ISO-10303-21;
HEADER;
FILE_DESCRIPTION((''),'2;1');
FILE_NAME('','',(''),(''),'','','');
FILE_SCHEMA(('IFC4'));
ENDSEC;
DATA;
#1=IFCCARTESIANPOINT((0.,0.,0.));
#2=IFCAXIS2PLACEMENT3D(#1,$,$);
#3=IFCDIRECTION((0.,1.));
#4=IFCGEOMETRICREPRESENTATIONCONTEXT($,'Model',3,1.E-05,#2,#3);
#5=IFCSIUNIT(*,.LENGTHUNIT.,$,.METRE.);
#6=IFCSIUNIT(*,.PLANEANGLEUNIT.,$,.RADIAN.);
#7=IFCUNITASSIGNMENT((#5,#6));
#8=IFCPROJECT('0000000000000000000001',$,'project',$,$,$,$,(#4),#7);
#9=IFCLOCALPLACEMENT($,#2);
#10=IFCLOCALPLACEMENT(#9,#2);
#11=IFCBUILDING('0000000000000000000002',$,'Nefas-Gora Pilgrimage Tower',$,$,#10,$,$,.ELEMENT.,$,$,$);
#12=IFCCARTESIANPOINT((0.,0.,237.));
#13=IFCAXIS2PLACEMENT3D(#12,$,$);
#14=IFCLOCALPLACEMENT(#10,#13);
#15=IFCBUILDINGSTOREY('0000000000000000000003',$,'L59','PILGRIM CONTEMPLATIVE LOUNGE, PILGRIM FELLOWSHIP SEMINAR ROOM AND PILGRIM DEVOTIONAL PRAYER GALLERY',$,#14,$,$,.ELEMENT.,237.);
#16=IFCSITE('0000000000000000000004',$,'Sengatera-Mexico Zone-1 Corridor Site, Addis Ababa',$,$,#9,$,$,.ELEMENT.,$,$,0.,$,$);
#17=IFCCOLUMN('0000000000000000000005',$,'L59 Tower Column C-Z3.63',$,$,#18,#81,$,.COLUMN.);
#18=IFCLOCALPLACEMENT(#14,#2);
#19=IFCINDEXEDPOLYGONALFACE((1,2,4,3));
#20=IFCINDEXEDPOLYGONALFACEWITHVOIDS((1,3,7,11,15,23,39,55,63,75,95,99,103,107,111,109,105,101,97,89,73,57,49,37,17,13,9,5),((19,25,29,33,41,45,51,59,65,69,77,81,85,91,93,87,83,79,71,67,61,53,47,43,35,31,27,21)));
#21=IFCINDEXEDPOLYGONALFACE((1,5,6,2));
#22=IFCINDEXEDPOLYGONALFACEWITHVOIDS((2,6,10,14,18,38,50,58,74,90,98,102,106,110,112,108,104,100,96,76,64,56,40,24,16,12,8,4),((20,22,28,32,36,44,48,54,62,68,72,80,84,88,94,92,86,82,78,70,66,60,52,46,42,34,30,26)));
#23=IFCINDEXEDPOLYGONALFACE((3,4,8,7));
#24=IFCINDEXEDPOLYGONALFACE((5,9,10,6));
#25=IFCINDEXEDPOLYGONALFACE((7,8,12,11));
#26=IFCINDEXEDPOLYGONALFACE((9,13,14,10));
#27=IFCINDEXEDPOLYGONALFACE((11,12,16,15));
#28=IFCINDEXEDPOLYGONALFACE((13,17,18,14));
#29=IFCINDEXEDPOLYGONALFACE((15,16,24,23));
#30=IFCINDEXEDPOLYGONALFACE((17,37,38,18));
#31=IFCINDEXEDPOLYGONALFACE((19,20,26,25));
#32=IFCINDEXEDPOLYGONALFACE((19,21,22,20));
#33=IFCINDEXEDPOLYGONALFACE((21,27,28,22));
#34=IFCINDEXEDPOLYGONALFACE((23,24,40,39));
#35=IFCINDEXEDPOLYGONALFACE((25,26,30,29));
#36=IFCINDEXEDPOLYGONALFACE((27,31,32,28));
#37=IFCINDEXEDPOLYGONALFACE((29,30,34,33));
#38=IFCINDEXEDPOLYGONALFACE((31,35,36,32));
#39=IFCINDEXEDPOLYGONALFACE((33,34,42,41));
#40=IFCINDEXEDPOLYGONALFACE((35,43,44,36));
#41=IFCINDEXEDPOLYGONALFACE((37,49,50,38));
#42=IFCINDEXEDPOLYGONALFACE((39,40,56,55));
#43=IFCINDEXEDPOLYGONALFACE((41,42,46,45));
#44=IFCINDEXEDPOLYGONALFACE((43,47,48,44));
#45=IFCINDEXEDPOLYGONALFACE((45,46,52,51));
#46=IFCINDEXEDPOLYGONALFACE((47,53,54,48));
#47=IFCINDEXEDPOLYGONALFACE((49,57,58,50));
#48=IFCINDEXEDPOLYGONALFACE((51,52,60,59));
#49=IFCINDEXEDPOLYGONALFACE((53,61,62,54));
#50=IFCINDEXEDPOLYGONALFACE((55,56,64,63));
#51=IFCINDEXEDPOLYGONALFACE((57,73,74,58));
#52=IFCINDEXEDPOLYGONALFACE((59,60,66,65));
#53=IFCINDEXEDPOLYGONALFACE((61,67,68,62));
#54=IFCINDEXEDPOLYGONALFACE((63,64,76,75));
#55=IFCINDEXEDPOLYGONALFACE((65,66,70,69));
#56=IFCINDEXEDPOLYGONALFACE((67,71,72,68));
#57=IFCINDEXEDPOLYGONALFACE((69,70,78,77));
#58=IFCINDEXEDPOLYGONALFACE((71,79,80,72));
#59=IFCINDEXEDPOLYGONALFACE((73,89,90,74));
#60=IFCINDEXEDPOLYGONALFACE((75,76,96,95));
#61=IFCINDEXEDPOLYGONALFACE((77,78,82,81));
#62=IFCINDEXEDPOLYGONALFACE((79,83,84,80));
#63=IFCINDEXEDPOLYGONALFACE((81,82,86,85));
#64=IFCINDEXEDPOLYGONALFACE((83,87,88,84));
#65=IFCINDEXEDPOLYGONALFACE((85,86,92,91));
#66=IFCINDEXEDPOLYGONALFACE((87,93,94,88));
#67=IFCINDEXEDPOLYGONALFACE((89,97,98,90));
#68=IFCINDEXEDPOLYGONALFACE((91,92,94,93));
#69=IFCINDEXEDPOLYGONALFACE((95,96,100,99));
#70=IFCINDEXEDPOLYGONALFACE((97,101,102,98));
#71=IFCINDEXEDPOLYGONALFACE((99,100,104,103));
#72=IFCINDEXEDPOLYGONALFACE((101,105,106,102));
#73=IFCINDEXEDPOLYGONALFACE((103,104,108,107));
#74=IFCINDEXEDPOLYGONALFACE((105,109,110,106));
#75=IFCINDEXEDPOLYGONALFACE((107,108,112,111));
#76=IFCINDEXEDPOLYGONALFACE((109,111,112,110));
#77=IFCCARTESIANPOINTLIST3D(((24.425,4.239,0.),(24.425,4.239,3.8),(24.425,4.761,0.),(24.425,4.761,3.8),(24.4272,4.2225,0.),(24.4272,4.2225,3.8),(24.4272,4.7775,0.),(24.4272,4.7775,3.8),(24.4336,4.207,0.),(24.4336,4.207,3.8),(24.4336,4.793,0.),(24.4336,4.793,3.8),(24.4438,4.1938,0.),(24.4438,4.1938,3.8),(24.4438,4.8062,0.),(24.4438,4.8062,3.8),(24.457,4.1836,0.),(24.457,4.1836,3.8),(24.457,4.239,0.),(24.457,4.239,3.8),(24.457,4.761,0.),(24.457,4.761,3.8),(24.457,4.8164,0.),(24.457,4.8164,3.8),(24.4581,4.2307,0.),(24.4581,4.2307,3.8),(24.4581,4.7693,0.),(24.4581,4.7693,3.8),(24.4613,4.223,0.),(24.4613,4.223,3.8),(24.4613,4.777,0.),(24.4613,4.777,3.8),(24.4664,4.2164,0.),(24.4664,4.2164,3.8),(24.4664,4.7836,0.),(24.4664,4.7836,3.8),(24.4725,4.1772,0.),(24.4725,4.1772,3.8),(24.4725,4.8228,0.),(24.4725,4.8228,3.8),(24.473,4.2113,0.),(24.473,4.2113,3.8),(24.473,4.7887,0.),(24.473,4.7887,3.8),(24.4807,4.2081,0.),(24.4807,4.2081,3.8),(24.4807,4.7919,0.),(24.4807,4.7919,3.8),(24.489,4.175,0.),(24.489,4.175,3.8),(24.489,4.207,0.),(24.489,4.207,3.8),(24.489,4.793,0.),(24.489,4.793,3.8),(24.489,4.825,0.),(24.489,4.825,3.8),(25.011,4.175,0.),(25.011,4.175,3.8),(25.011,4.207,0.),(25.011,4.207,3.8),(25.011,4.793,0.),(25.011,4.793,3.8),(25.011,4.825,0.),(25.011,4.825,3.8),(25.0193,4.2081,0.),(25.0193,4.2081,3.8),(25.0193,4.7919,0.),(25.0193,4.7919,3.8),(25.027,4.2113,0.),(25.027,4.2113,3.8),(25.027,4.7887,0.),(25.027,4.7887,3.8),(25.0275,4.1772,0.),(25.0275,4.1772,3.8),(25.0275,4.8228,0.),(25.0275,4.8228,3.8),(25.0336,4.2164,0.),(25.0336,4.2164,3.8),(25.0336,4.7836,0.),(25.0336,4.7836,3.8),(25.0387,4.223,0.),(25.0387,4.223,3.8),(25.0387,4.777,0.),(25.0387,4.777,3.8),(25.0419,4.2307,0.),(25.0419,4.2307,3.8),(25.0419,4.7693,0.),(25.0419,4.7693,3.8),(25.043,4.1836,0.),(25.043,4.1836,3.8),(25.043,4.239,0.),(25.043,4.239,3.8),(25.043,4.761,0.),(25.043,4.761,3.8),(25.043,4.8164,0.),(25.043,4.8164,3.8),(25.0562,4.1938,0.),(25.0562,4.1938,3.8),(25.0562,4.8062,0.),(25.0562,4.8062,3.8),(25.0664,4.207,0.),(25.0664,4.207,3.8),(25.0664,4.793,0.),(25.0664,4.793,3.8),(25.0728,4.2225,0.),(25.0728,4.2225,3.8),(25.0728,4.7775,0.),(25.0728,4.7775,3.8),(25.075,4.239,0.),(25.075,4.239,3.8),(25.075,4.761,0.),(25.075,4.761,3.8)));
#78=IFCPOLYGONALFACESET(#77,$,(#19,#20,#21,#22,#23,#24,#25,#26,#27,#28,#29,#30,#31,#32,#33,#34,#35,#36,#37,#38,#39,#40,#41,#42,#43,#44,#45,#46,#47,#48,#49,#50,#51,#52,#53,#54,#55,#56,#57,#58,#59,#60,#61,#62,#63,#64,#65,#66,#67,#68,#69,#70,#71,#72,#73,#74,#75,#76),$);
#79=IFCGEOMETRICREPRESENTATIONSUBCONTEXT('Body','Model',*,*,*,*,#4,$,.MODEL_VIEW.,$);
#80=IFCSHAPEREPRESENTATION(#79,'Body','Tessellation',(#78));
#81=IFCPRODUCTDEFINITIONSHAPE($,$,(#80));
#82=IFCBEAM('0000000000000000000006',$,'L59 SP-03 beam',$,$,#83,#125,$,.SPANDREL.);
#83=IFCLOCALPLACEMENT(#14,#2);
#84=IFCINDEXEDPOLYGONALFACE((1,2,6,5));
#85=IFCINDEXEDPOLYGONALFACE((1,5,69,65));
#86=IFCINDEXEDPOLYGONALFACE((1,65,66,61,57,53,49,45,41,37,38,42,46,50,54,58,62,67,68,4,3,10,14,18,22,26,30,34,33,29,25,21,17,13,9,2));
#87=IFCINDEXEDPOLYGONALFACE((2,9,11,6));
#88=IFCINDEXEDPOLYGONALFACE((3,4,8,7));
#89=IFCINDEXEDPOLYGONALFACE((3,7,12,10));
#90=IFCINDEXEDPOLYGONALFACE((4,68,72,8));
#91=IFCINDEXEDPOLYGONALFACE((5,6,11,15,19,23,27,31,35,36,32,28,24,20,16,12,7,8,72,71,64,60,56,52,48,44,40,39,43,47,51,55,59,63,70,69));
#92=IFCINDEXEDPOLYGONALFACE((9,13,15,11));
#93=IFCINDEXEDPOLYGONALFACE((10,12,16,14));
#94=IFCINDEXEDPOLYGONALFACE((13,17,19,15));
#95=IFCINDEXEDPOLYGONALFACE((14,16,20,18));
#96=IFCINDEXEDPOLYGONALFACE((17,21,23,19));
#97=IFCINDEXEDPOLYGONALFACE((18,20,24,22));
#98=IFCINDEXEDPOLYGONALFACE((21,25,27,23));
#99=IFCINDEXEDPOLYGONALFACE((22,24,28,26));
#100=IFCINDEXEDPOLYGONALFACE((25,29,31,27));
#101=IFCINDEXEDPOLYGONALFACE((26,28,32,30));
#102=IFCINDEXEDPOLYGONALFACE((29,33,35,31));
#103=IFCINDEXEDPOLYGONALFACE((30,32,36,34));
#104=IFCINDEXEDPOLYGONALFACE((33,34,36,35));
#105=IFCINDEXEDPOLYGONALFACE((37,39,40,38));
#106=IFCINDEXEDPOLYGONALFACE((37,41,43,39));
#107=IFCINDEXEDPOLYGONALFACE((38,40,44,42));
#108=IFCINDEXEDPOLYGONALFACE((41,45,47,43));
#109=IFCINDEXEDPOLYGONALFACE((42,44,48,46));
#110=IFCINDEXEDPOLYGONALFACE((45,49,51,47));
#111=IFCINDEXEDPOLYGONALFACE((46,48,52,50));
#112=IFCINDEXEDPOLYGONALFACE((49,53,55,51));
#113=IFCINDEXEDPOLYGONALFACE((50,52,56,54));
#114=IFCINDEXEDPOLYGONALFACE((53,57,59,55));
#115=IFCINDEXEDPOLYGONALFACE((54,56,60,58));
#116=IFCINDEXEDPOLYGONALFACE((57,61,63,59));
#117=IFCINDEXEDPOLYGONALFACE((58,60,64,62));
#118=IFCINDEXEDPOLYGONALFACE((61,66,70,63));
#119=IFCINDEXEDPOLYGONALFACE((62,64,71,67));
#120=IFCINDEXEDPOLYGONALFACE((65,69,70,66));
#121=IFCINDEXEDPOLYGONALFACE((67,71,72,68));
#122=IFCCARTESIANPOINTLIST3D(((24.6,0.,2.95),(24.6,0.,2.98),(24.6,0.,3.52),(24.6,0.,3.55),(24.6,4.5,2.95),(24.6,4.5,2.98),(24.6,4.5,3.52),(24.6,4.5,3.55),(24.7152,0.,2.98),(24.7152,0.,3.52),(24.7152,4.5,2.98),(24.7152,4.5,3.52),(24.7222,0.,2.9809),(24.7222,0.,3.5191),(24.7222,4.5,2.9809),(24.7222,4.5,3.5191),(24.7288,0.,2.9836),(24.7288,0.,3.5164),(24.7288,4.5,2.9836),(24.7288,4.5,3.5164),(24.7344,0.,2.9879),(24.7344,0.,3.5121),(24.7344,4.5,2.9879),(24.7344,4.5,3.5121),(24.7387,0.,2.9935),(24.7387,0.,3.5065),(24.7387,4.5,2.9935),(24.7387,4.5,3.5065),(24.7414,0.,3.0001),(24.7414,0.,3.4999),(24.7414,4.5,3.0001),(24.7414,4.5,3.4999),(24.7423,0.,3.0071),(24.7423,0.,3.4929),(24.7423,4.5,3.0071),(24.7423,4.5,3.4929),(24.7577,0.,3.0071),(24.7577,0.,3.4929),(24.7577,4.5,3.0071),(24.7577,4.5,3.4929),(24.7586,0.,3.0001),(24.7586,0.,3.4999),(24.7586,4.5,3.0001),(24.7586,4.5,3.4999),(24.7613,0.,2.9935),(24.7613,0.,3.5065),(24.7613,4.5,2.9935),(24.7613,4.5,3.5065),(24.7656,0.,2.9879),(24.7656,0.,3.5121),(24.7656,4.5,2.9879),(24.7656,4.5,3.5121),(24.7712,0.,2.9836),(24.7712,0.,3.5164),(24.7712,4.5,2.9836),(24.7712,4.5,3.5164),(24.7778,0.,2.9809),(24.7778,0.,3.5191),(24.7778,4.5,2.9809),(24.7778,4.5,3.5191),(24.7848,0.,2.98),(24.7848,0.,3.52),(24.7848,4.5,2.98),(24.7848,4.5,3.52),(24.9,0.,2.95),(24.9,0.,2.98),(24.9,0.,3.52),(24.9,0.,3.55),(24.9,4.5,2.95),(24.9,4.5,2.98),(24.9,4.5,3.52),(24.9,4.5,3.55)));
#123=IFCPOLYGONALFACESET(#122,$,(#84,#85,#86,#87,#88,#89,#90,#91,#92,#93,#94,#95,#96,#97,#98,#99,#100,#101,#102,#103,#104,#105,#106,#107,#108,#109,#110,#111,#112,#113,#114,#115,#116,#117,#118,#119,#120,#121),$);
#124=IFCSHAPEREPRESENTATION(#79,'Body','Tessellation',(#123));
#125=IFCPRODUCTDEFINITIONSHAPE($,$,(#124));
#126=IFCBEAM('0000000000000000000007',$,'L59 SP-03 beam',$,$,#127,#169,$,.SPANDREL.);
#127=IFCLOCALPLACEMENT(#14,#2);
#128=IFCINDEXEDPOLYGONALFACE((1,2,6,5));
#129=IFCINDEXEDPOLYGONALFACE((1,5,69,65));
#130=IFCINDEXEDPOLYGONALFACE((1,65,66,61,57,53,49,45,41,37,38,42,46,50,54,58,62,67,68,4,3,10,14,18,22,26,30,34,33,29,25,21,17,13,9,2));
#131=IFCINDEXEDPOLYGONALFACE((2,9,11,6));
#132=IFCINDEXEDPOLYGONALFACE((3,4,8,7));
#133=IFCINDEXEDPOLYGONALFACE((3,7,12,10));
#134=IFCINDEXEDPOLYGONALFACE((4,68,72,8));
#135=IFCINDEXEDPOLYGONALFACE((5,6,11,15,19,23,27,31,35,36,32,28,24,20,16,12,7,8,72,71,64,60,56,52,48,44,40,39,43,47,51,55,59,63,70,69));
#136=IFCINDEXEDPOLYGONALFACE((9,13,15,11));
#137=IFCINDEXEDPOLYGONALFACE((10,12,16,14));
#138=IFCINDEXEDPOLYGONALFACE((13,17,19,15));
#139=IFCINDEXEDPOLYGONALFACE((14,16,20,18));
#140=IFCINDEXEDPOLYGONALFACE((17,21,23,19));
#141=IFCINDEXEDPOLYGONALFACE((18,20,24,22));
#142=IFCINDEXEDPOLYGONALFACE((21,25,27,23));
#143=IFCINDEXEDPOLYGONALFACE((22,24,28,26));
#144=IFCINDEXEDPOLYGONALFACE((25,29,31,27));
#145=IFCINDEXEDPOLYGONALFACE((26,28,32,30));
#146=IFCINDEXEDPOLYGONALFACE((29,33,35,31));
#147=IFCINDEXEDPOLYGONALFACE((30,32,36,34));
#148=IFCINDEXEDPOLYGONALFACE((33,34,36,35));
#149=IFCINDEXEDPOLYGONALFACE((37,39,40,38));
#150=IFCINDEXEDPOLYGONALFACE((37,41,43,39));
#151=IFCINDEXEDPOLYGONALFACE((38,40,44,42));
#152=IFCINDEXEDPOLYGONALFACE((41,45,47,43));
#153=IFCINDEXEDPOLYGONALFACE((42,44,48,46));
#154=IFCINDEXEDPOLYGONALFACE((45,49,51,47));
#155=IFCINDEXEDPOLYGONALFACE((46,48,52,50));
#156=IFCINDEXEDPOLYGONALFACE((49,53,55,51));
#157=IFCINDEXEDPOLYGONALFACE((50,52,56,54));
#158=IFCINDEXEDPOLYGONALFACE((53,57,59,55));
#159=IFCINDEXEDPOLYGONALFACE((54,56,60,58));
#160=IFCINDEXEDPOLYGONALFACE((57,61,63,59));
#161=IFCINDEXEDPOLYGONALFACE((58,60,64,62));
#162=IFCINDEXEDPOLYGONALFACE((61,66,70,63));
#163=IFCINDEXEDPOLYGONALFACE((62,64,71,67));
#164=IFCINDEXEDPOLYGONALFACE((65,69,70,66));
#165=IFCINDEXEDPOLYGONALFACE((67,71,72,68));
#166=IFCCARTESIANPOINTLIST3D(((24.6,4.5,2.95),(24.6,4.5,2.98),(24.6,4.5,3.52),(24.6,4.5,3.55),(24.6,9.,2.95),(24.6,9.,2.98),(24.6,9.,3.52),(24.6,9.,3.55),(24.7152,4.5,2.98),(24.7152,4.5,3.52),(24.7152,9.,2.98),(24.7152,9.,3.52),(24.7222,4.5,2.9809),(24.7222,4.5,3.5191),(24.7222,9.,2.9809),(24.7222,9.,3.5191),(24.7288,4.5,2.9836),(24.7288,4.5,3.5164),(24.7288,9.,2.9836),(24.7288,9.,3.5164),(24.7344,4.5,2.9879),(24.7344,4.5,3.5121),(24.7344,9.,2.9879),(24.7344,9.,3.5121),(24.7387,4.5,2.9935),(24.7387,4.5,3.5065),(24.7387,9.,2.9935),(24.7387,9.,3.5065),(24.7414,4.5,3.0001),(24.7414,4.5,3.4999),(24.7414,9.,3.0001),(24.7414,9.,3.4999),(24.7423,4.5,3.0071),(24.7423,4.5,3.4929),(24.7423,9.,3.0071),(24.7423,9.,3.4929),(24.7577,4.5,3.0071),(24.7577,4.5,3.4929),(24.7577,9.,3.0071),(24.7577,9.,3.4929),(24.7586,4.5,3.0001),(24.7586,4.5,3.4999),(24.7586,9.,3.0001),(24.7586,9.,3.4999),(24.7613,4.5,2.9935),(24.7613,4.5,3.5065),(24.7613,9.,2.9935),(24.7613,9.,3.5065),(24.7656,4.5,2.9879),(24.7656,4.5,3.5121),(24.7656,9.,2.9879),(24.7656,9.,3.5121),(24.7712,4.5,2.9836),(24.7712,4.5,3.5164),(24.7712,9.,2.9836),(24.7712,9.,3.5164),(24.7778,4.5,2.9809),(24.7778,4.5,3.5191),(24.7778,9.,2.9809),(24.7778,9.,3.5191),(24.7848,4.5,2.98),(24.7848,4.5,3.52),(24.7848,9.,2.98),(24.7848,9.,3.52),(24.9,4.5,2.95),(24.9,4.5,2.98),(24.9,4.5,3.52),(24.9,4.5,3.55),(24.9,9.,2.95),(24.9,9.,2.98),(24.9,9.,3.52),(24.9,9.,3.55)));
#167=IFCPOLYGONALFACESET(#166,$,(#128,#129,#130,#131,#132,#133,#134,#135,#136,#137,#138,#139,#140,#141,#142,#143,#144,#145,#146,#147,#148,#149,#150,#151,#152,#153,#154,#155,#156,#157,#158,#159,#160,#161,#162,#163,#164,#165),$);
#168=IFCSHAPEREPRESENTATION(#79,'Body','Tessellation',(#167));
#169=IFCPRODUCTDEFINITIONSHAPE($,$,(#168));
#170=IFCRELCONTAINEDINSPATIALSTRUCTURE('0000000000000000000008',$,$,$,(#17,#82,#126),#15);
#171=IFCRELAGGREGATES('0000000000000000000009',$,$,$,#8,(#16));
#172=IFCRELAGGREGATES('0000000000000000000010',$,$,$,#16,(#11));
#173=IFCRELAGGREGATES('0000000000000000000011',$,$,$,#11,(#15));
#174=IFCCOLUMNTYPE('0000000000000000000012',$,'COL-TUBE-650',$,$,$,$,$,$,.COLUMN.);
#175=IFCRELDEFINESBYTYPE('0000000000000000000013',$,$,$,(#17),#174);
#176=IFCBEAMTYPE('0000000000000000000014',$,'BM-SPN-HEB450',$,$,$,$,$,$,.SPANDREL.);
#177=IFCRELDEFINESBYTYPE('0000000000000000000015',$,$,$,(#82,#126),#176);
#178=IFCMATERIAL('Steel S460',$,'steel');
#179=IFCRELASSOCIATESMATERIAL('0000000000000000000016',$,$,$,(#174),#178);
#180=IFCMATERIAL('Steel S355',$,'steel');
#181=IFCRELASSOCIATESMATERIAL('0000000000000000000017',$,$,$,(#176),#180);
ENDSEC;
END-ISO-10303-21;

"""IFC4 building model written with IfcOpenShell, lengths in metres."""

from ifc_helpers import new_model, si_unit, direction, frame, origin, origin_2d, place, context, subcontext, project, spatial, hollow_rectangle, i_section, extrude, source, transform, mapped, material, material_profile, profile_set, type_object, element, save


model = new_model("IFC4")

# Units and contexts
model_context = context("Model", 3, precision=1e-05, world=origin(), true_north=direction((0.0, 1.0)))
body_context = subcontext(model_context, "Body", "Model", "MODEL_VIEW")
ifc_project = project(units=[si_unit("LENGTHUNIT", "METRE"), si_unit("PLANEANGLEUNIT", "RADIAN")], contexts=[model_context])

# Site, building, storey
site_placement = place(None, origin())
site = spatial("IfcSite", under=ifc_project, at=site_placement, Name="Sengatera-Mexico Zone-1 Corridor Site, Addis Ababa", CompositionType="ELEMENT", RefElevation=0.0)
building_placement = place(site_placement, origin())
building = spatial("IfcBuilding", under=site, at=building_placement, Name="Nefas-Gora Pilgrimage Tower", CompositionType="ELEMENT")
storey_placement = place(building_placement, frame((0.0, 0.0, 237.0)))
storey = spatial("IfcBuildingStorey", under=building, at=storey_placement, Name="L59", Description="PILGRIM CONTEMPLATIVE LOUNGE, PILGRIM FELLOWSHIP SEMINAR ROOM AND PILGRIM DEVOTIONAL PRAYER GALLERY", CompositionType="ELEMENT", Elevation=237.0)

# Column
ifc_material_1 = material(Name="Steel S460", Category="steel")
ifc_material_profile_1 = material_profile(ifc_material_1, hollow_rectangle(XDim=0.6499, YDim=0.6499, WallThickness=0.032, InnerFilletRadius=0.032, OuterFilletRadius=0.064, at=origin_2d()), Name="BOX 650x650x32")
ifc_profile_set_1 = profile_set([ifc_material_profile_1], Name="Steel S460")
column_type_1 = type_object("IfcColumnType", Name="COL-TUBE-650", PredefinedType="COLUMN", material=ifc_profile_set_1)
shared_shape_1 = source(origin(), body_context, "Body", "SweptSolid", [
    extrude(hollow_rectangle(XDim=0.6499, YDim=0.6499, WallThickness=0.032, InnerFilletRadius=0.032, OuterFilletRadius=0.064, at=origin_2d()), origin(), (0.0, 0.0, 1.0), 3.8),
])
for number, where, z_axis, x_axis, name in (
    (1, (24.75, 4.5, 0.0), (0.0, 0.0, 1.0), (1.0, 0.0, 0.0), "L59 Tower Column C-Z3.63"),
):
    element("IfcColumn", number, at=place(storey_placement, frame(where, z_axis=z_axis, x_axis=x_axis)), inside=storey, type_object=column_type_1, Name=name, PredefinedType="COLUMN", context=body_context, shape_type="MappedRepresentation", body=[
        mapped(shared_shape_1, transform((0.0, 0.0, 0.0), x_axis=(1.0, 0.0, 0.0), y_axis=(0.0, 1.0, 0.0), z_axis=(0.0, 0.0, 1.0), scale=1.0)),
    ])

# Beams
ifc_material_2 = material(Name="Steel S355", Category="steel")
ifc_material_profile_2 = material_profile(ifc_material_2, i_section(OverallWidth=0.3, OverallDepth=0.6001, WebThickness=0.0154, FlangeThickness=0.03, FilletRadius=0.0271, at=origin_2d()), Name="HEB 600")
ifc_profile_set_2 = profile_set([ifc_material_profile_2], Name="Steel S355")
beam_type_1 = type_object("IfcBeamType", Name="BM-SPN-HEB450", PredefinedType="SPANDREL", material=ifc_profile_set_2)
shared_shape_2 = source(origin(), body_context, "Body", "SweptSolid", [
    extrude(i_section(OverallWidth=0.3, OverallDepth=0.6001, WebThickness=0.0154, FlangeThickness=0.03, FilletRadius=0.0271, at=origin_2d()), origin(), (0.0, 0.0, 1.0), 4.5),
])
for number, where, z_axis, x_axis, name in (
    (2, (24.75, 0.0, 3.25), (0.0, 1.0, 0.0), (-1.0, 0.0, 0.0), "L59 SP-03 beam"),
    (3, (24.75, 4.5, 3.25), (0.0, 1.0, 0.0), (-1.0, 0.0, 0.0), "L59 SP-03 beam"),
):
    element("IfcBeam", number, at=place(storey_placement, frame(where, z_axis=z_axis, x_axis=x_axis)), inside=storey, type_object=beam_type_1, Name=name, PredefinedType="SPANDREL", context=body_context, shape_type="MappedRepresentation", body=[
        mapped(shared_shape_2, transform((0.0, 0.0, 0.0), x_axis=(1.0, 0.0, 0.0), y_axis=(0.0, 1.0, 0.0), z_axis=(0.0, 0.0, 1.0), scale=1.0)),
    ])

save(model, "model.ifc")
